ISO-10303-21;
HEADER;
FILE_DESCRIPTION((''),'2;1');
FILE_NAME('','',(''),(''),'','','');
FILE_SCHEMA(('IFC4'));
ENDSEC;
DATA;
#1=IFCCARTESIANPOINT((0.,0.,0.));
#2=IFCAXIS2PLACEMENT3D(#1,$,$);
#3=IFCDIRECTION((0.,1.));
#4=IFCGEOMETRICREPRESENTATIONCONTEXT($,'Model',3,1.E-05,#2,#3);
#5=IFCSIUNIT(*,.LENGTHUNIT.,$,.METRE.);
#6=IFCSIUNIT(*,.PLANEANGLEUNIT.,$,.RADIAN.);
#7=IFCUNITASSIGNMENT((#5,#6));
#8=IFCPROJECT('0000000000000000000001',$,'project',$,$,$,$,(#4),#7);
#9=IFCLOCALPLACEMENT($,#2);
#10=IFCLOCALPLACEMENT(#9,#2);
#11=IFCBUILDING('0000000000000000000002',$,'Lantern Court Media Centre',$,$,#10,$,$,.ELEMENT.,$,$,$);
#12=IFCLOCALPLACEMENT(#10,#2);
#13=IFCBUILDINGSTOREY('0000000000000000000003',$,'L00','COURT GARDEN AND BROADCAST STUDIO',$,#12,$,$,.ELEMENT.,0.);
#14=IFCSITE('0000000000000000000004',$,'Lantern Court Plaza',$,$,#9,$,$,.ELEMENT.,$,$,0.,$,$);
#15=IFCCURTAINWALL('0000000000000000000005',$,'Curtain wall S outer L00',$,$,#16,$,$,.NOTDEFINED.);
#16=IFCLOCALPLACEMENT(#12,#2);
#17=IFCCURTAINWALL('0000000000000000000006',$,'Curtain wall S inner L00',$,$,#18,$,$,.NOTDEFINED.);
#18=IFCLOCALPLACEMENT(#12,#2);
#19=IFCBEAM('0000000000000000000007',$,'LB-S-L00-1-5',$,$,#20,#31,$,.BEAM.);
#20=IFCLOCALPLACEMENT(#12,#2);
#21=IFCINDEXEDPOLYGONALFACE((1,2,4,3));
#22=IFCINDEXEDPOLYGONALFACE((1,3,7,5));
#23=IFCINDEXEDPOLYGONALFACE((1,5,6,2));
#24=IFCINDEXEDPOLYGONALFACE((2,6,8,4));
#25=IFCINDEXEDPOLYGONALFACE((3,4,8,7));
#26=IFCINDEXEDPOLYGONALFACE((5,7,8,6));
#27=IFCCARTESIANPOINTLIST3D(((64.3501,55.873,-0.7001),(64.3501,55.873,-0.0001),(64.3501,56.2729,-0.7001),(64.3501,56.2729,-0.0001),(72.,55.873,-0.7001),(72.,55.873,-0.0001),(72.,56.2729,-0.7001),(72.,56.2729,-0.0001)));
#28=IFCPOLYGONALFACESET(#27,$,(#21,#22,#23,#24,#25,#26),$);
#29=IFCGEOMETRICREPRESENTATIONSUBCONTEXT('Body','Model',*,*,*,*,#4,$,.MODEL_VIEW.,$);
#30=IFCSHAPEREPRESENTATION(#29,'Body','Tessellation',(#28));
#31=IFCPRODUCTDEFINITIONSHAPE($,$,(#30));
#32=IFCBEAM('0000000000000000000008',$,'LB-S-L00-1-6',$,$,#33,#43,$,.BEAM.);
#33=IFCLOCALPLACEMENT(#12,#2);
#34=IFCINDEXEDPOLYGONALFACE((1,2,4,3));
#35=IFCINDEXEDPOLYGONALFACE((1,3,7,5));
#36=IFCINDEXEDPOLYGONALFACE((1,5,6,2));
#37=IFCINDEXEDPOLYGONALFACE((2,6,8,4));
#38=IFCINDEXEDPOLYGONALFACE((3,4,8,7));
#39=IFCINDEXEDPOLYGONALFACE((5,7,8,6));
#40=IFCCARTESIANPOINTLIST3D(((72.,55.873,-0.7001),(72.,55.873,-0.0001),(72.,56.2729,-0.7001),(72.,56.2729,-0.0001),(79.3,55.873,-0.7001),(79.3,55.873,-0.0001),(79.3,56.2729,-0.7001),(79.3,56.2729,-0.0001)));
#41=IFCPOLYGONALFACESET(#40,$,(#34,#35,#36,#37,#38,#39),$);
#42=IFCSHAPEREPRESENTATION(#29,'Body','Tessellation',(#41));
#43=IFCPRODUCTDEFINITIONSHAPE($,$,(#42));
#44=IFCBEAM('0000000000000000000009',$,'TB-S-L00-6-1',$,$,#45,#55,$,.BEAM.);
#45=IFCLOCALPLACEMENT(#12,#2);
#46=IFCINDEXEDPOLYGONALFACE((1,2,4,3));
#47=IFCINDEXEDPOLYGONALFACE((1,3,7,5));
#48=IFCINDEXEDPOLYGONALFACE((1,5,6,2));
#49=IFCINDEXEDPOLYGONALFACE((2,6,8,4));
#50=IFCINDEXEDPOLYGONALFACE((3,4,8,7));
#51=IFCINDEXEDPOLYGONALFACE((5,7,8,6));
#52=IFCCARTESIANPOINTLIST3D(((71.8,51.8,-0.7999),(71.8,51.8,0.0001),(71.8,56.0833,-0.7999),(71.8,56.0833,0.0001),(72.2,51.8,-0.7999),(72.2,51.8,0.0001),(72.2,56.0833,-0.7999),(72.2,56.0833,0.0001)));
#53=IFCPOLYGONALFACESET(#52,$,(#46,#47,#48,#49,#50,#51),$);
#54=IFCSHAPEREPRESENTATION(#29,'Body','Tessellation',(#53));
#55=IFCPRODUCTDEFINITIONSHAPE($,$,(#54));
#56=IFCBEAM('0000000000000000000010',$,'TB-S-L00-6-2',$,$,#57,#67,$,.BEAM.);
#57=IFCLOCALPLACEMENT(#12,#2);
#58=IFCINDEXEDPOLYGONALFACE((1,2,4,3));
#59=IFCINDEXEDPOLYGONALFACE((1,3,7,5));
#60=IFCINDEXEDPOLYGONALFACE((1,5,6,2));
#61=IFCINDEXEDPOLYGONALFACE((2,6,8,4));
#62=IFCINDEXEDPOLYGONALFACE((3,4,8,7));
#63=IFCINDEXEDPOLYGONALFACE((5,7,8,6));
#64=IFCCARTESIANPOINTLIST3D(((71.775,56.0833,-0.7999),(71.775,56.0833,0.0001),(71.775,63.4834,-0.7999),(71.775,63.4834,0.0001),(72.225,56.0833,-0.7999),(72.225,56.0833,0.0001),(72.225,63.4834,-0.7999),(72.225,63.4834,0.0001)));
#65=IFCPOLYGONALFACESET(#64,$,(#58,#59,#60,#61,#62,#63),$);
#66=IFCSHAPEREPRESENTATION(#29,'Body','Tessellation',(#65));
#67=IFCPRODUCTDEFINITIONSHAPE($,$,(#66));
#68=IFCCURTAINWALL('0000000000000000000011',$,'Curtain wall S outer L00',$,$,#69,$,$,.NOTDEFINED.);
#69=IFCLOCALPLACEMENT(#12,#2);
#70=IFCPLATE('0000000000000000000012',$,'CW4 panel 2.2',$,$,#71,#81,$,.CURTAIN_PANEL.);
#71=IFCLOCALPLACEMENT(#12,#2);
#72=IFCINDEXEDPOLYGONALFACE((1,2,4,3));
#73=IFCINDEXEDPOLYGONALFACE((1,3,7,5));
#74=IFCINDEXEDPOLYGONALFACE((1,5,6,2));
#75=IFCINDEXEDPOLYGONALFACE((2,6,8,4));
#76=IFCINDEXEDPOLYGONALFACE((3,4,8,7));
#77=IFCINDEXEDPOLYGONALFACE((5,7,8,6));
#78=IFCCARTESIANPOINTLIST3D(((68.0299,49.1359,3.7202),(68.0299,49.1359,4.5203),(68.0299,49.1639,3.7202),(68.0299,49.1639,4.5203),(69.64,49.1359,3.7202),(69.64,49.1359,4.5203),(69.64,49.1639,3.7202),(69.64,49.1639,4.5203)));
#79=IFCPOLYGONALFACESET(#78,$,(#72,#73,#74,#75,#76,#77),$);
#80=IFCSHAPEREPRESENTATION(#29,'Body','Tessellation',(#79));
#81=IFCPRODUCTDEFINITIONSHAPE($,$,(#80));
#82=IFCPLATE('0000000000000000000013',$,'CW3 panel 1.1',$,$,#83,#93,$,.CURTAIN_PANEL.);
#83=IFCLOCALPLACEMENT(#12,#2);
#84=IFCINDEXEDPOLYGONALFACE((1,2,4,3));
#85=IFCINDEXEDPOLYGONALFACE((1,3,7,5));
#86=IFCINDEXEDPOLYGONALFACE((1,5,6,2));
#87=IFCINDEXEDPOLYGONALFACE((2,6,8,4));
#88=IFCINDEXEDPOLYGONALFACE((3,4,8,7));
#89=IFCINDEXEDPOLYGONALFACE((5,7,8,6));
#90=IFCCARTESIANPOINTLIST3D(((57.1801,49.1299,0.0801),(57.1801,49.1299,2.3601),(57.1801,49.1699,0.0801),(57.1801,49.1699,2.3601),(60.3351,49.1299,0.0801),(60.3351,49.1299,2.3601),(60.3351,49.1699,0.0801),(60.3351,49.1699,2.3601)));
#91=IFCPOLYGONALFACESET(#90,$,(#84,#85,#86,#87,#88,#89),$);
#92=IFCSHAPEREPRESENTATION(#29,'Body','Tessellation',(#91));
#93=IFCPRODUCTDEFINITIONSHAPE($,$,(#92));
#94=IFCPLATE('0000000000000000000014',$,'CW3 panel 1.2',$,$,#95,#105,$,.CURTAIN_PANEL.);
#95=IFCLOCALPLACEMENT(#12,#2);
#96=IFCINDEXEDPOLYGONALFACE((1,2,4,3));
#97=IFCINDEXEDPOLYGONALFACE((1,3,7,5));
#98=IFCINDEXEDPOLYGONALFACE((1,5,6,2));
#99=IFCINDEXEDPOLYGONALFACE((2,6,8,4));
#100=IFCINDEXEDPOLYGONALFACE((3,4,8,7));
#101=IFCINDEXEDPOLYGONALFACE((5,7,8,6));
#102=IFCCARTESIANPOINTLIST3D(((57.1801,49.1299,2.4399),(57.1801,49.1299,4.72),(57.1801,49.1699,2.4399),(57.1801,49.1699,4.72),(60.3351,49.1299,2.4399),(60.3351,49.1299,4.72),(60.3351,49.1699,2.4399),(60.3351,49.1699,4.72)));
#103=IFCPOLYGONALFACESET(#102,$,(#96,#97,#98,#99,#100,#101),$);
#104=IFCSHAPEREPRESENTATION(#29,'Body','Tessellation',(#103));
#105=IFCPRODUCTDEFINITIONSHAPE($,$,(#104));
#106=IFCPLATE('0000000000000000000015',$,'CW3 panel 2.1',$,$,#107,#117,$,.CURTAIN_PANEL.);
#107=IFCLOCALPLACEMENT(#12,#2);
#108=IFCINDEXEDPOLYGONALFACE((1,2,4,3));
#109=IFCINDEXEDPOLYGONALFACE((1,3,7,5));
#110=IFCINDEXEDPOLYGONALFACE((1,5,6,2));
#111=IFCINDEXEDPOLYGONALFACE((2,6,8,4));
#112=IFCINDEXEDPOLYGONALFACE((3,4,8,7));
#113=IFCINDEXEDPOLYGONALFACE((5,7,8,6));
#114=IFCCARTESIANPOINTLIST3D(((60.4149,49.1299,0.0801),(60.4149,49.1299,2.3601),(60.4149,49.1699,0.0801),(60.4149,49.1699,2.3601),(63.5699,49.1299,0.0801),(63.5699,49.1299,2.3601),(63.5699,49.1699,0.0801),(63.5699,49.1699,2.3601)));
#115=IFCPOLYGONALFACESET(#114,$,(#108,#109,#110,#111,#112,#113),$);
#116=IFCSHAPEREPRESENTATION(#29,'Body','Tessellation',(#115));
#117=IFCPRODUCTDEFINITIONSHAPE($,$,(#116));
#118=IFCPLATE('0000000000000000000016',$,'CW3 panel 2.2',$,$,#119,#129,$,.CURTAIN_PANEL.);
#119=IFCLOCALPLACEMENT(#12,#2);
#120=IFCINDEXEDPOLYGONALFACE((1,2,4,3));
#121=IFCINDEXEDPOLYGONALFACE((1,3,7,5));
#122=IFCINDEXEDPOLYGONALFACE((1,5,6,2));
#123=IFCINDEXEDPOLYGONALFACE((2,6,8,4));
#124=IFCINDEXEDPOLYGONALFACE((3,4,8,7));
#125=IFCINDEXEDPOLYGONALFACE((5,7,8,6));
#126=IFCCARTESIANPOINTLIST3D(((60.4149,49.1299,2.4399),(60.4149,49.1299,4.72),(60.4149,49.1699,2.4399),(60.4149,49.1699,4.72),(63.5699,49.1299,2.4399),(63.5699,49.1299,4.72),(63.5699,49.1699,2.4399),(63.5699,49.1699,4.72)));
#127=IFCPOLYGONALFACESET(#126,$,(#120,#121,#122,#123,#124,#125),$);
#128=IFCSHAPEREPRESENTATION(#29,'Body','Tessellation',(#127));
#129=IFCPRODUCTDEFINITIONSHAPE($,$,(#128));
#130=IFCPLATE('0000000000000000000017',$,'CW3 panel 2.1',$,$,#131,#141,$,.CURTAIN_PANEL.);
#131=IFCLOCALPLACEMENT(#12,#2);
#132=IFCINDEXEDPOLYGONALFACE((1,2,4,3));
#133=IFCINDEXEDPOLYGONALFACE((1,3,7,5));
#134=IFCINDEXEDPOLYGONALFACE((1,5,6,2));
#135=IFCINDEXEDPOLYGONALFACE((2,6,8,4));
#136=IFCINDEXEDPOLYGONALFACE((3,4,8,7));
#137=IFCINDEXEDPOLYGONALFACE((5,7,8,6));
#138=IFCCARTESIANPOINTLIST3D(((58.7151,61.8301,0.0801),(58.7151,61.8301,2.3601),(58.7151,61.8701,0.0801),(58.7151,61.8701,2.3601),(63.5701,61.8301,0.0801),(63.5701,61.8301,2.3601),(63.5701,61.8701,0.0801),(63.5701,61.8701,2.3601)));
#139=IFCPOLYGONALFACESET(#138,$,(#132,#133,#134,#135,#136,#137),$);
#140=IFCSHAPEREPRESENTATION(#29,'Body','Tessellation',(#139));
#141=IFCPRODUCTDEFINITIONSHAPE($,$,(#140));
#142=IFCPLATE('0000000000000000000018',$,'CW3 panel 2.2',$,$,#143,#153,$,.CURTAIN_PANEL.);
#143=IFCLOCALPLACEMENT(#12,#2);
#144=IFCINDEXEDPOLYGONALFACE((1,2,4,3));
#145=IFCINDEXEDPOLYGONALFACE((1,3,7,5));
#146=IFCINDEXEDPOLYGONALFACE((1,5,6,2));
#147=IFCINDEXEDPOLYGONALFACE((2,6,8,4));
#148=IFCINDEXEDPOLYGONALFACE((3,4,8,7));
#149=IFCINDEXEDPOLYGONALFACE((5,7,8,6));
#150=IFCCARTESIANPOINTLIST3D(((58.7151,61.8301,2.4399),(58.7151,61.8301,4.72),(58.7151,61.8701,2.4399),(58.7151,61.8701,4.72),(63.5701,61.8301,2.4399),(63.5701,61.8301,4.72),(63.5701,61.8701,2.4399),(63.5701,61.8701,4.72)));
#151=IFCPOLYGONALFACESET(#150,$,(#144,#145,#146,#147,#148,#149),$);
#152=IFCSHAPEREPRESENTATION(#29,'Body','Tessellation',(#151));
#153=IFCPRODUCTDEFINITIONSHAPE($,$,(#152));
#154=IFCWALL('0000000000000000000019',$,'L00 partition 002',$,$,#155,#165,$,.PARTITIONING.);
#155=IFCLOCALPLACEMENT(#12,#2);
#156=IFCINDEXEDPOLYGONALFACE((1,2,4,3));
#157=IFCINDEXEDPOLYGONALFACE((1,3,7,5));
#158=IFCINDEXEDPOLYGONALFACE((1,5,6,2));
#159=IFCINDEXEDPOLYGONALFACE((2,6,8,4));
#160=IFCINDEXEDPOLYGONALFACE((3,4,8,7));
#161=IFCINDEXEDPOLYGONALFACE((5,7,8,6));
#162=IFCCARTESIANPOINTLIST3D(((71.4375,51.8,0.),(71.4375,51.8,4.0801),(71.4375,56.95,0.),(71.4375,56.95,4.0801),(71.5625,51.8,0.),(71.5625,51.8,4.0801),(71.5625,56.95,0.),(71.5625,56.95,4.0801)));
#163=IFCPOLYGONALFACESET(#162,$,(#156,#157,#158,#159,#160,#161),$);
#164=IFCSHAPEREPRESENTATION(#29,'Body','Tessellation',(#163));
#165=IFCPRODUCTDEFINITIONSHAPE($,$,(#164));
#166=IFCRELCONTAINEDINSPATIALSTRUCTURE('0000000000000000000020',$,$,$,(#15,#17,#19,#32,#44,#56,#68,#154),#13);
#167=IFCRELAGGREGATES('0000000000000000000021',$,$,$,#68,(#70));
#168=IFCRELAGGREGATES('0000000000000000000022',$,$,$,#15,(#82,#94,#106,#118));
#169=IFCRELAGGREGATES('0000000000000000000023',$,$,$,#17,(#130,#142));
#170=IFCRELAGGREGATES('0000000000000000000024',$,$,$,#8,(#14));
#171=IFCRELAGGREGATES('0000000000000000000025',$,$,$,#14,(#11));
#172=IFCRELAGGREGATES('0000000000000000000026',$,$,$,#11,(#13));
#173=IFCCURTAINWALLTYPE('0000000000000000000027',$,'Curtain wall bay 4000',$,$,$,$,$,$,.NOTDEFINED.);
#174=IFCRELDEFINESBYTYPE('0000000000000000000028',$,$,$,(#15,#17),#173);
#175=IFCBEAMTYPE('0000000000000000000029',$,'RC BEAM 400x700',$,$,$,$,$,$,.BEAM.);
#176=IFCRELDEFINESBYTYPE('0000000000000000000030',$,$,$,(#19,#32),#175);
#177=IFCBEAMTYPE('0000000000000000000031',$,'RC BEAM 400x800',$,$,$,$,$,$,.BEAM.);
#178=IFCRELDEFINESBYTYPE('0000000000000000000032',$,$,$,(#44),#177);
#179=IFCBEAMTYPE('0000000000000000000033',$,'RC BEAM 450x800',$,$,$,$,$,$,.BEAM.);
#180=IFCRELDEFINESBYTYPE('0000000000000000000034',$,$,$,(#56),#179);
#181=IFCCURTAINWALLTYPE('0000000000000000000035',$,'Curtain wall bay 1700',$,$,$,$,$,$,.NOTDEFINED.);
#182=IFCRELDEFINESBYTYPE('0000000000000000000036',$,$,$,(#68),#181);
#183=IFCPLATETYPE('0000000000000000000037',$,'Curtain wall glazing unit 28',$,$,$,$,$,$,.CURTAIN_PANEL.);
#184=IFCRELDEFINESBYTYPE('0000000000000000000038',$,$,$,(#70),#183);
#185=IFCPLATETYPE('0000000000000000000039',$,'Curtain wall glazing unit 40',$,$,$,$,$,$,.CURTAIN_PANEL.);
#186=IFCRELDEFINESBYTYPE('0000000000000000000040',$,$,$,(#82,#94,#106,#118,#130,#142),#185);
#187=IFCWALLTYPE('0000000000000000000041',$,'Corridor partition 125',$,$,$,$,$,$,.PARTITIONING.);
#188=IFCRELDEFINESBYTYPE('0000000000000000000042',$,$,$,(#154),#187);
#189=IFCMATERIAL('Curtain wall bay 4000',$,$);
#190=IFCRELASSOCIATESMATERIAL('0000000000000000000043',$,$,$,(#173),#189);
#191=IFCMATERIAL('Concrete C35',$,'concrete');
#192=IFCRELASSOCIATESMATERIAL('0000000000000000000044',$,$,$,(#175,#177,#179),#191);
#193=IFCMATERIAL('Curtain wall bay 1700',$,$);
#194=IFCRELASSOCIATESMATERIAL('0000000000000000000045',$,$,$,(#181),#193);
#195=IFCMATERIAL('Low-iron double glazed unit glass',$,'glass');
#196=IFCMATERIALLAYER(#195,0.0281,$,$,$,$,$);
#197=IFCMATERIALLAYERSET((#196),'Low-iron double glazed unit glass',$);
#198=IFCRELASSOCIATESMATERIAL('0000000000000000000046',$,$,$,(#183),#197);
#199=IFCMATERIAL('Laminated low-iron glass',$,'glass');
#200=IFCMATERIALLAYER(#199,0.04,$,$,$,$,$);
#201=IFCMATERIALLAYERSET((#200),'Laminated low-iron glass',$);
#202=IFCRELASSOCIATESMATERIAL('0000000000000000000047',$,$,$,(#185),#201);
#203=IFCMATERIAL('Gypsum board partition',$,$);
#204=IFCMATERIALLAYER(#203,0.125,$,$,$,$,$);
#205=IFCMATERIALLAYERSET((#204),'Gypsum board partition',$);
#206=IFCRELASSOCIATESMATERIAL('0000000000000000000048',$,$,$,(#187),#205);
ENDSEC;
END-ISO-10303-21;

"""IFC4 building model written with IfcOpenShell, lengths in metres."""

from ifc_helpers import new_model, si_unit, direction, frame, frame_2d, origin, origin_2d, place, context, subcontext, project, spatial, rectangle, extrude, material, layer, layer_set, material_profile, profile_set, type_object, element, aggregate, save


model = new_model("IFC4")

# Units and contexts
model_context = context("Model", 3, precision=1e-05, world=origin(), true_north=direction((0.0, 1.0)))
body_context = subcontext(model_context, "Body", "Model", "MODEL_VIEW")
ifc_project = project(units=[si_unit("LENGTHUNIT", "METRE"), si_unit("PLANEANGLEUNIT", "RADIAN")], contexts=[model_context])

# Site, building, storey
site_placement = place(None, origin())
site = spatial("IfcSite", under=ifc_project, at=site_placement, Name="Lantern Court Plaza", CompositionType="ELEMENT", RefElevation=0.0)
building_placement = place(site_placement, origin())
building = spatial("IfcBuilding", under=site, at=building_placement, Name="Lantern Court Media Centre", CompositionType="ELEMENT")
storey_placement = place(building_placement, origin())
storey = spatial("IfcBuildingStorey", under=building, at=storey_placement, Name="L00", Description="COURT GARDEN AND BROADCAST STUDIO", CompositionType="ELEMENT", Elevation=0.0)

# Shared definitions
ifc_material_1 = material(Name="Concrete C35", Category="concrete")

# Curtain walls
ifc_material_2 = material(Name="Curtain wall bay 4000")
curtain_wall_type_1 = type_object("IfcCurtainWallType", Name="Curtain wall bay 4000", PredefinedType="NOTDEFINED", material=ifc_material_2)
curtain_wall_1_placement = place(storey_placement, origin())
curtain_wall_1 = element("IfcCurtainWall", 1, at=curtain_wall_1_placement, inside=storey, type_object=curtain_wall_type_1, Name="Curtain wall S outer L00", PredefinedType="NOTDEFINED")
curtain_wall_2_placement = place(storey_placement, origin())
curtain_wall_2 = element("IfcCurtainWall", 2, at=curtain_wall_2_placement, inside=storey, type_object=curtain_wall_type_1, Name="Curtain wall S inner L00", PredefinedType="NOTDEFINED")

# Beams
ifc_material_profile_1 = material_profile(ifc_material_1, rectangle(XDim=0.3999, YDim=0.7, at=origin_2d()), Name="RC 400x700")
ifc_profile_set_1 = profile_set([ifc_material_profile_1], Name="Concrete C35")
beam_type_1 = type_object("IfcBeamType", Name="RC BEAM 400x700", PredefinedType="BEAM", material=ifc_profile_set_1)
beam_1_placement = place(storey_placement, frame((64.3501, 56.073, -0.3501), z_axis=(1.0, 0.0, 0.0), x_axis=(0.0, 1.0, 0.0)))
element("IfcBeam", 3, at=beam_1_placement, inside=storey, type_object=beam_type_1, Name="LB-S-L00-1-5", PredefinedType="BEAM", context=body_context, shape_type="SweptSolid", body=[
    extrude(rectangle(XDim=0.3999, YDim=0.7, at=origin_2d()), origin(), (0.0, 0.0, 1.0), 7.6499),
])
beam_2_placement = place(storey_placement, frame((72.0, 56.073, -0.3501), z_axis=(1.0, 0.0, 0.0), x_axis=(0.0, 1.0, 0.0)))
element("IfcBeam", 4, at=beam_2_placement, inside=storey, type_object=beam_type_1, Name="LB-S-L00-1-6", PredefinedType="BEAM", context=body_context, shape_type="SweptSolid", body=[
    extrude(rectangle(XDim=0.3999, YDim=0.7, at=origin_2d()), origin(), (0.0, 0.0, 1.0), 7.3),
])
ifc_material_profile_2 = material_profile(ifc_material_1, rectangle(XDim=0.3999, YDim=0.8, at=origin_2d()), Name="RC 400x800")
ifc_profile_set_2 = profile_set([ifc_material_profile_2], Name="Concrete C35")
beam_type_2 = type_object("IfcBeamType", Name="RC BEAM 400x800", PredefinedType="BEAM", material=ifc_profile_set_2)
beam_3_placement = place(storey_placement, frame((72.0, 51.8, -0.3999), z_axis=(0.0, 1.0, 0.0), x_axis=(-1.0, 0.0, 0.0)))
element("IfcBeam", 5, at=beam_3_placement, inside=storey, type_object=beam_type_2, Name="TB-S-L00-6-1", PredefinedType="BEAM", context=body_context, shape_type="SweptSolid", body=[
    extrude(rectangle(XDim=0.3999, YDim=0.8, at=origin_2d()), origin(), (0.0, 0.0, 1.0), 4.2832),
])
ifc_material_profile_3 = material_profile(ifc_material_1, rectangle(XDim=0.45, YDim=0.8, at=origin_2d()), Name="RC 450x800")
ifc_profile_set_3 = profile_set([ifc_material_profile_3], Name="Concrete C35")
beam_type_3 = type_object("IfcBeamType", Name="RC BEAM 450x800", PredefinedType="BEAM", material=ifc_profile_set_3)
beam_4_placement = place(storey_placement, frame((72.0, 56.0833, -0.3999), z_axis=(0.0, 1.0, 0.0), x_axis=(-1.0, 0.0, 0.0)))
element("IfcBeam", 6, at=beam_4_placement, inside=storey, type_object=beam_type_3, Name="TB-S-L00-6-2", PredefinedType="BEAM", context=body_context, shape_type="SweptSolid", body=[
    extrude(rectangle(XDim=0.45, YDim=0.8, at=origin_2d()), origin(), (0.0, 0.0, 1.0), 7.4001),
])

# Curtain wall, plate
ifc_material_3 = material(Name="Curtain wall bay 1700")
curtain_wall_type_2 = type_object("IfcCurtainWallType", Name="Curtain wall bay 1700", PredefinedType="NOTDEFINED", material=ifc_material_3)
curtain_wall_3_placement = place(storey_placement, origin())
curtain_wall_3 = element("IfcCurtainWall", 7, at=curtain_wall_3_placement, inside=storey, type_object=curtain_wall_type_2, Name="Curtain wall S outer L00", PredefinedType="NOTDEFINED")
ifc_material_4 = material(Name="Low-iron double glazed unit glass", Category="glass")
ifc_layer_1 = layer(ifc_material_4, 0.0281)
ifc_layer_set_1 = layer_set([ifc_layer_1], Name="Low-iron double glazed unit glass")
plate_type_1 = type_object("IfcPlateType", Name="Curtain wall glazing unit 28", PredefinedType="CURTAIN_PANEL", material=ifc_layer_set_1)
plate_1_placement = place(storey_placement, frame((68.835, 49.1499, 3.7202), z_axis=(0.0, 0.0, 1.0), x_axis=(1.0, 0.0, 0.0)))
plate_1 = element("IfcPlate", 8, at=plate_1_placement, type_object=plate_type_1, Name="CW4 panel 2.2", PredefinedType="CURTAIN_PANEL", context=body_context, shape_type="SweptSolid", body=[
    extrude(rectangle(XDim=1.6101, YDim=0.0281, at=origin_2d()), origin(), (0.0, 0.0, 1.0), 0.8),
])
aggregate(curtain_wall_3, [plate_1])

# Plates
ifc_material_5 = material(Name="Laminated low-iron glass", Category="glass")
ifc_layer_2 = layer(ifc_material_5, 0.04)
ifc_layer_set_2 = layer_set([ifc_layer_2], Name="Laminated low-iron glass")
plate_type_2 = type_object("IfcPlateType", Name="Curtain wall glazing unit 40", PredefinedType="CURTAIN_PANEL", material=ifc_layer_set_2)
plate_2_placement = place(storey_placement, frame((58.7576, 49.1499, 0.0801), z_axis=(0.0, 0.0, 1.0), x_axis=(1.0, 0.0, 0.0)))
plate_2 = element("IfcPlate", 9, at=plate_2_placement, type_object=plate_type_2, Name="CW3 panel 1.1", PredefinedType="CURTAIN_PANEL", context=body_context, shape_type="SweptSolid", body=[
    extrude(rectangle(XDim=3.155, YDim=0.04, at=origin_2d()), origin(), (0.0, 0.0, 1.0), 2.28),
])
plate_3_placement = place(storey_placement, frame((58.7576, 49.1499, 2.4399), z_axis=(0.0, 0.0, 1.0), x_axis=(1.0, 0.0, 0.0)))
plate_3 = element("IfcPlate", 10, at=plate_3_placement, type_object=plate_type_2, Name="CW3 panel 1.2", PredefinedType="CURTAIN_PANEL", context=body_context, shape_type="SweptSolid", body=[
    extrude(rectangle(XDim=3.155, YDim=0.04, at=origin_2d()), origin(), (0.0, 0.0, 1.0), 2.28),
])
plate_4_placement = place(storey_placement, frame((61.9924, 49.1499, 0.0801), z_axis=(0.0, 0.0, 1.0), x_axis=(1.0, 0.0, 0.0)))
plate_4 = element("IfcPlate", 11, at=plate_4_placement, type_object=plate_type_2, Name="CW3 panel 2.1", PredefinedType="CURTAIN_PANEL", context=body_context, shape_type="SweptSolid", body=[
    extrude(rectangle(XDim=3.155, YDim=0.04, at=origin_2d()), origin(), (0.0, 0.0, 1.0), 2.28),
])
plate_5_placement = place(storey_placement, frame((61.9924, 49.1499, 2.4399), z_axis=(0.0, 0.0, 1.0), x_axis=(1.0, 0.0, 0.0)))
plate_5 = element("IfcPlate", 12, at=plate_5_placement, type_object=plate_type_2, Name="CW3 panel 2.2", PredefinedType="CURTAIN_PANEL", context=body_context, shape_type="SweptSolid", body=[
    extrude(rectangle(XDim=3.155, YDim=0.04, at=origin_2d()), origin(), (0.0, 0.0, 1.0), 2.28),
])
aggregate(curtain_wall_1, [plate_2, plate_3, plate_4, plate_5])
plate_6_placement = place(storey_placement, frame((61.1426, 61.8501, 0.0801), z_axis=(0.0, 0.0, 1.0), x_axis=(1.0, 0.0, 0.0)))
plate_6 = element("IfcPlate", 13, at=plate_6_placement, type_object=plate_type_2, Name="CW3 panel 2.1", PredefinedType="CURTAIN_PANEL", context=body_context, shape_type="SweptSolid", body=[
    extrude(rectangle(XDim=4.855, YDim=0.04, at=origin_2d()), origin(), (0.0, 0.0, 1.0), 2.28),
])
plate_7_placement = place(storey_placement, frame((61.1426, 61.8501, 2.4399), z_axis=(0.0, 0.0, 1.0), x_axis=(1.0, 0.0, 0.0)))
plate_7 = element("IfcPlate", 14, at=plate_7_placement, type_object=plate_type_2, Name="CW3 panel 2.2", PredefinedType="CURTAIN_PANEL", context=body_context, shape_type="SweptSolid", body=[
    extrude(rectangle(XDim=4.855, YDim=0.04, at=origin_2d()), origin(), (0.0, 0.0, 1.0), 2.28),
])
aggregate(curtain_wall_2, [plate_6, plate_7])

# Wall
ifc_material_6 = material(Name="Gypsum board partition")
ifc_layer_3 = layer(ifc_material_6, 0.125)
ifc_layer_set_3 = layer_set([ifc_layer_3], Name="Gypsum board partition")
wall_type_1 = type_object("IfcWallType", Name="Corridor partition 125", PredefinedType="PARTITIONING", material=ifc_layer_set_3)
wall_1_placement = place(storey_placement, frame((71.5, 51.8, 0.0), z_axis=(0.0, 0.0, 1.0), x_axis=(0.0, 1.0, 0.0)))
element("IfcWall", 15, at=wall_1_placement, inside=storey, type_object=wall_type_1, Name="L00 partition 002", PredefinedType="PARTITIONING", context=body_context, shape_type="SweptSolid", body=[
    extrude(rectangle(XDim=5.1499, YDim=0.125, at=frame_2d((2.575, 0.0))), origin(), (0.0, 0.0, 1.0), 4.0801),
])

save(model, "model.ifc")
